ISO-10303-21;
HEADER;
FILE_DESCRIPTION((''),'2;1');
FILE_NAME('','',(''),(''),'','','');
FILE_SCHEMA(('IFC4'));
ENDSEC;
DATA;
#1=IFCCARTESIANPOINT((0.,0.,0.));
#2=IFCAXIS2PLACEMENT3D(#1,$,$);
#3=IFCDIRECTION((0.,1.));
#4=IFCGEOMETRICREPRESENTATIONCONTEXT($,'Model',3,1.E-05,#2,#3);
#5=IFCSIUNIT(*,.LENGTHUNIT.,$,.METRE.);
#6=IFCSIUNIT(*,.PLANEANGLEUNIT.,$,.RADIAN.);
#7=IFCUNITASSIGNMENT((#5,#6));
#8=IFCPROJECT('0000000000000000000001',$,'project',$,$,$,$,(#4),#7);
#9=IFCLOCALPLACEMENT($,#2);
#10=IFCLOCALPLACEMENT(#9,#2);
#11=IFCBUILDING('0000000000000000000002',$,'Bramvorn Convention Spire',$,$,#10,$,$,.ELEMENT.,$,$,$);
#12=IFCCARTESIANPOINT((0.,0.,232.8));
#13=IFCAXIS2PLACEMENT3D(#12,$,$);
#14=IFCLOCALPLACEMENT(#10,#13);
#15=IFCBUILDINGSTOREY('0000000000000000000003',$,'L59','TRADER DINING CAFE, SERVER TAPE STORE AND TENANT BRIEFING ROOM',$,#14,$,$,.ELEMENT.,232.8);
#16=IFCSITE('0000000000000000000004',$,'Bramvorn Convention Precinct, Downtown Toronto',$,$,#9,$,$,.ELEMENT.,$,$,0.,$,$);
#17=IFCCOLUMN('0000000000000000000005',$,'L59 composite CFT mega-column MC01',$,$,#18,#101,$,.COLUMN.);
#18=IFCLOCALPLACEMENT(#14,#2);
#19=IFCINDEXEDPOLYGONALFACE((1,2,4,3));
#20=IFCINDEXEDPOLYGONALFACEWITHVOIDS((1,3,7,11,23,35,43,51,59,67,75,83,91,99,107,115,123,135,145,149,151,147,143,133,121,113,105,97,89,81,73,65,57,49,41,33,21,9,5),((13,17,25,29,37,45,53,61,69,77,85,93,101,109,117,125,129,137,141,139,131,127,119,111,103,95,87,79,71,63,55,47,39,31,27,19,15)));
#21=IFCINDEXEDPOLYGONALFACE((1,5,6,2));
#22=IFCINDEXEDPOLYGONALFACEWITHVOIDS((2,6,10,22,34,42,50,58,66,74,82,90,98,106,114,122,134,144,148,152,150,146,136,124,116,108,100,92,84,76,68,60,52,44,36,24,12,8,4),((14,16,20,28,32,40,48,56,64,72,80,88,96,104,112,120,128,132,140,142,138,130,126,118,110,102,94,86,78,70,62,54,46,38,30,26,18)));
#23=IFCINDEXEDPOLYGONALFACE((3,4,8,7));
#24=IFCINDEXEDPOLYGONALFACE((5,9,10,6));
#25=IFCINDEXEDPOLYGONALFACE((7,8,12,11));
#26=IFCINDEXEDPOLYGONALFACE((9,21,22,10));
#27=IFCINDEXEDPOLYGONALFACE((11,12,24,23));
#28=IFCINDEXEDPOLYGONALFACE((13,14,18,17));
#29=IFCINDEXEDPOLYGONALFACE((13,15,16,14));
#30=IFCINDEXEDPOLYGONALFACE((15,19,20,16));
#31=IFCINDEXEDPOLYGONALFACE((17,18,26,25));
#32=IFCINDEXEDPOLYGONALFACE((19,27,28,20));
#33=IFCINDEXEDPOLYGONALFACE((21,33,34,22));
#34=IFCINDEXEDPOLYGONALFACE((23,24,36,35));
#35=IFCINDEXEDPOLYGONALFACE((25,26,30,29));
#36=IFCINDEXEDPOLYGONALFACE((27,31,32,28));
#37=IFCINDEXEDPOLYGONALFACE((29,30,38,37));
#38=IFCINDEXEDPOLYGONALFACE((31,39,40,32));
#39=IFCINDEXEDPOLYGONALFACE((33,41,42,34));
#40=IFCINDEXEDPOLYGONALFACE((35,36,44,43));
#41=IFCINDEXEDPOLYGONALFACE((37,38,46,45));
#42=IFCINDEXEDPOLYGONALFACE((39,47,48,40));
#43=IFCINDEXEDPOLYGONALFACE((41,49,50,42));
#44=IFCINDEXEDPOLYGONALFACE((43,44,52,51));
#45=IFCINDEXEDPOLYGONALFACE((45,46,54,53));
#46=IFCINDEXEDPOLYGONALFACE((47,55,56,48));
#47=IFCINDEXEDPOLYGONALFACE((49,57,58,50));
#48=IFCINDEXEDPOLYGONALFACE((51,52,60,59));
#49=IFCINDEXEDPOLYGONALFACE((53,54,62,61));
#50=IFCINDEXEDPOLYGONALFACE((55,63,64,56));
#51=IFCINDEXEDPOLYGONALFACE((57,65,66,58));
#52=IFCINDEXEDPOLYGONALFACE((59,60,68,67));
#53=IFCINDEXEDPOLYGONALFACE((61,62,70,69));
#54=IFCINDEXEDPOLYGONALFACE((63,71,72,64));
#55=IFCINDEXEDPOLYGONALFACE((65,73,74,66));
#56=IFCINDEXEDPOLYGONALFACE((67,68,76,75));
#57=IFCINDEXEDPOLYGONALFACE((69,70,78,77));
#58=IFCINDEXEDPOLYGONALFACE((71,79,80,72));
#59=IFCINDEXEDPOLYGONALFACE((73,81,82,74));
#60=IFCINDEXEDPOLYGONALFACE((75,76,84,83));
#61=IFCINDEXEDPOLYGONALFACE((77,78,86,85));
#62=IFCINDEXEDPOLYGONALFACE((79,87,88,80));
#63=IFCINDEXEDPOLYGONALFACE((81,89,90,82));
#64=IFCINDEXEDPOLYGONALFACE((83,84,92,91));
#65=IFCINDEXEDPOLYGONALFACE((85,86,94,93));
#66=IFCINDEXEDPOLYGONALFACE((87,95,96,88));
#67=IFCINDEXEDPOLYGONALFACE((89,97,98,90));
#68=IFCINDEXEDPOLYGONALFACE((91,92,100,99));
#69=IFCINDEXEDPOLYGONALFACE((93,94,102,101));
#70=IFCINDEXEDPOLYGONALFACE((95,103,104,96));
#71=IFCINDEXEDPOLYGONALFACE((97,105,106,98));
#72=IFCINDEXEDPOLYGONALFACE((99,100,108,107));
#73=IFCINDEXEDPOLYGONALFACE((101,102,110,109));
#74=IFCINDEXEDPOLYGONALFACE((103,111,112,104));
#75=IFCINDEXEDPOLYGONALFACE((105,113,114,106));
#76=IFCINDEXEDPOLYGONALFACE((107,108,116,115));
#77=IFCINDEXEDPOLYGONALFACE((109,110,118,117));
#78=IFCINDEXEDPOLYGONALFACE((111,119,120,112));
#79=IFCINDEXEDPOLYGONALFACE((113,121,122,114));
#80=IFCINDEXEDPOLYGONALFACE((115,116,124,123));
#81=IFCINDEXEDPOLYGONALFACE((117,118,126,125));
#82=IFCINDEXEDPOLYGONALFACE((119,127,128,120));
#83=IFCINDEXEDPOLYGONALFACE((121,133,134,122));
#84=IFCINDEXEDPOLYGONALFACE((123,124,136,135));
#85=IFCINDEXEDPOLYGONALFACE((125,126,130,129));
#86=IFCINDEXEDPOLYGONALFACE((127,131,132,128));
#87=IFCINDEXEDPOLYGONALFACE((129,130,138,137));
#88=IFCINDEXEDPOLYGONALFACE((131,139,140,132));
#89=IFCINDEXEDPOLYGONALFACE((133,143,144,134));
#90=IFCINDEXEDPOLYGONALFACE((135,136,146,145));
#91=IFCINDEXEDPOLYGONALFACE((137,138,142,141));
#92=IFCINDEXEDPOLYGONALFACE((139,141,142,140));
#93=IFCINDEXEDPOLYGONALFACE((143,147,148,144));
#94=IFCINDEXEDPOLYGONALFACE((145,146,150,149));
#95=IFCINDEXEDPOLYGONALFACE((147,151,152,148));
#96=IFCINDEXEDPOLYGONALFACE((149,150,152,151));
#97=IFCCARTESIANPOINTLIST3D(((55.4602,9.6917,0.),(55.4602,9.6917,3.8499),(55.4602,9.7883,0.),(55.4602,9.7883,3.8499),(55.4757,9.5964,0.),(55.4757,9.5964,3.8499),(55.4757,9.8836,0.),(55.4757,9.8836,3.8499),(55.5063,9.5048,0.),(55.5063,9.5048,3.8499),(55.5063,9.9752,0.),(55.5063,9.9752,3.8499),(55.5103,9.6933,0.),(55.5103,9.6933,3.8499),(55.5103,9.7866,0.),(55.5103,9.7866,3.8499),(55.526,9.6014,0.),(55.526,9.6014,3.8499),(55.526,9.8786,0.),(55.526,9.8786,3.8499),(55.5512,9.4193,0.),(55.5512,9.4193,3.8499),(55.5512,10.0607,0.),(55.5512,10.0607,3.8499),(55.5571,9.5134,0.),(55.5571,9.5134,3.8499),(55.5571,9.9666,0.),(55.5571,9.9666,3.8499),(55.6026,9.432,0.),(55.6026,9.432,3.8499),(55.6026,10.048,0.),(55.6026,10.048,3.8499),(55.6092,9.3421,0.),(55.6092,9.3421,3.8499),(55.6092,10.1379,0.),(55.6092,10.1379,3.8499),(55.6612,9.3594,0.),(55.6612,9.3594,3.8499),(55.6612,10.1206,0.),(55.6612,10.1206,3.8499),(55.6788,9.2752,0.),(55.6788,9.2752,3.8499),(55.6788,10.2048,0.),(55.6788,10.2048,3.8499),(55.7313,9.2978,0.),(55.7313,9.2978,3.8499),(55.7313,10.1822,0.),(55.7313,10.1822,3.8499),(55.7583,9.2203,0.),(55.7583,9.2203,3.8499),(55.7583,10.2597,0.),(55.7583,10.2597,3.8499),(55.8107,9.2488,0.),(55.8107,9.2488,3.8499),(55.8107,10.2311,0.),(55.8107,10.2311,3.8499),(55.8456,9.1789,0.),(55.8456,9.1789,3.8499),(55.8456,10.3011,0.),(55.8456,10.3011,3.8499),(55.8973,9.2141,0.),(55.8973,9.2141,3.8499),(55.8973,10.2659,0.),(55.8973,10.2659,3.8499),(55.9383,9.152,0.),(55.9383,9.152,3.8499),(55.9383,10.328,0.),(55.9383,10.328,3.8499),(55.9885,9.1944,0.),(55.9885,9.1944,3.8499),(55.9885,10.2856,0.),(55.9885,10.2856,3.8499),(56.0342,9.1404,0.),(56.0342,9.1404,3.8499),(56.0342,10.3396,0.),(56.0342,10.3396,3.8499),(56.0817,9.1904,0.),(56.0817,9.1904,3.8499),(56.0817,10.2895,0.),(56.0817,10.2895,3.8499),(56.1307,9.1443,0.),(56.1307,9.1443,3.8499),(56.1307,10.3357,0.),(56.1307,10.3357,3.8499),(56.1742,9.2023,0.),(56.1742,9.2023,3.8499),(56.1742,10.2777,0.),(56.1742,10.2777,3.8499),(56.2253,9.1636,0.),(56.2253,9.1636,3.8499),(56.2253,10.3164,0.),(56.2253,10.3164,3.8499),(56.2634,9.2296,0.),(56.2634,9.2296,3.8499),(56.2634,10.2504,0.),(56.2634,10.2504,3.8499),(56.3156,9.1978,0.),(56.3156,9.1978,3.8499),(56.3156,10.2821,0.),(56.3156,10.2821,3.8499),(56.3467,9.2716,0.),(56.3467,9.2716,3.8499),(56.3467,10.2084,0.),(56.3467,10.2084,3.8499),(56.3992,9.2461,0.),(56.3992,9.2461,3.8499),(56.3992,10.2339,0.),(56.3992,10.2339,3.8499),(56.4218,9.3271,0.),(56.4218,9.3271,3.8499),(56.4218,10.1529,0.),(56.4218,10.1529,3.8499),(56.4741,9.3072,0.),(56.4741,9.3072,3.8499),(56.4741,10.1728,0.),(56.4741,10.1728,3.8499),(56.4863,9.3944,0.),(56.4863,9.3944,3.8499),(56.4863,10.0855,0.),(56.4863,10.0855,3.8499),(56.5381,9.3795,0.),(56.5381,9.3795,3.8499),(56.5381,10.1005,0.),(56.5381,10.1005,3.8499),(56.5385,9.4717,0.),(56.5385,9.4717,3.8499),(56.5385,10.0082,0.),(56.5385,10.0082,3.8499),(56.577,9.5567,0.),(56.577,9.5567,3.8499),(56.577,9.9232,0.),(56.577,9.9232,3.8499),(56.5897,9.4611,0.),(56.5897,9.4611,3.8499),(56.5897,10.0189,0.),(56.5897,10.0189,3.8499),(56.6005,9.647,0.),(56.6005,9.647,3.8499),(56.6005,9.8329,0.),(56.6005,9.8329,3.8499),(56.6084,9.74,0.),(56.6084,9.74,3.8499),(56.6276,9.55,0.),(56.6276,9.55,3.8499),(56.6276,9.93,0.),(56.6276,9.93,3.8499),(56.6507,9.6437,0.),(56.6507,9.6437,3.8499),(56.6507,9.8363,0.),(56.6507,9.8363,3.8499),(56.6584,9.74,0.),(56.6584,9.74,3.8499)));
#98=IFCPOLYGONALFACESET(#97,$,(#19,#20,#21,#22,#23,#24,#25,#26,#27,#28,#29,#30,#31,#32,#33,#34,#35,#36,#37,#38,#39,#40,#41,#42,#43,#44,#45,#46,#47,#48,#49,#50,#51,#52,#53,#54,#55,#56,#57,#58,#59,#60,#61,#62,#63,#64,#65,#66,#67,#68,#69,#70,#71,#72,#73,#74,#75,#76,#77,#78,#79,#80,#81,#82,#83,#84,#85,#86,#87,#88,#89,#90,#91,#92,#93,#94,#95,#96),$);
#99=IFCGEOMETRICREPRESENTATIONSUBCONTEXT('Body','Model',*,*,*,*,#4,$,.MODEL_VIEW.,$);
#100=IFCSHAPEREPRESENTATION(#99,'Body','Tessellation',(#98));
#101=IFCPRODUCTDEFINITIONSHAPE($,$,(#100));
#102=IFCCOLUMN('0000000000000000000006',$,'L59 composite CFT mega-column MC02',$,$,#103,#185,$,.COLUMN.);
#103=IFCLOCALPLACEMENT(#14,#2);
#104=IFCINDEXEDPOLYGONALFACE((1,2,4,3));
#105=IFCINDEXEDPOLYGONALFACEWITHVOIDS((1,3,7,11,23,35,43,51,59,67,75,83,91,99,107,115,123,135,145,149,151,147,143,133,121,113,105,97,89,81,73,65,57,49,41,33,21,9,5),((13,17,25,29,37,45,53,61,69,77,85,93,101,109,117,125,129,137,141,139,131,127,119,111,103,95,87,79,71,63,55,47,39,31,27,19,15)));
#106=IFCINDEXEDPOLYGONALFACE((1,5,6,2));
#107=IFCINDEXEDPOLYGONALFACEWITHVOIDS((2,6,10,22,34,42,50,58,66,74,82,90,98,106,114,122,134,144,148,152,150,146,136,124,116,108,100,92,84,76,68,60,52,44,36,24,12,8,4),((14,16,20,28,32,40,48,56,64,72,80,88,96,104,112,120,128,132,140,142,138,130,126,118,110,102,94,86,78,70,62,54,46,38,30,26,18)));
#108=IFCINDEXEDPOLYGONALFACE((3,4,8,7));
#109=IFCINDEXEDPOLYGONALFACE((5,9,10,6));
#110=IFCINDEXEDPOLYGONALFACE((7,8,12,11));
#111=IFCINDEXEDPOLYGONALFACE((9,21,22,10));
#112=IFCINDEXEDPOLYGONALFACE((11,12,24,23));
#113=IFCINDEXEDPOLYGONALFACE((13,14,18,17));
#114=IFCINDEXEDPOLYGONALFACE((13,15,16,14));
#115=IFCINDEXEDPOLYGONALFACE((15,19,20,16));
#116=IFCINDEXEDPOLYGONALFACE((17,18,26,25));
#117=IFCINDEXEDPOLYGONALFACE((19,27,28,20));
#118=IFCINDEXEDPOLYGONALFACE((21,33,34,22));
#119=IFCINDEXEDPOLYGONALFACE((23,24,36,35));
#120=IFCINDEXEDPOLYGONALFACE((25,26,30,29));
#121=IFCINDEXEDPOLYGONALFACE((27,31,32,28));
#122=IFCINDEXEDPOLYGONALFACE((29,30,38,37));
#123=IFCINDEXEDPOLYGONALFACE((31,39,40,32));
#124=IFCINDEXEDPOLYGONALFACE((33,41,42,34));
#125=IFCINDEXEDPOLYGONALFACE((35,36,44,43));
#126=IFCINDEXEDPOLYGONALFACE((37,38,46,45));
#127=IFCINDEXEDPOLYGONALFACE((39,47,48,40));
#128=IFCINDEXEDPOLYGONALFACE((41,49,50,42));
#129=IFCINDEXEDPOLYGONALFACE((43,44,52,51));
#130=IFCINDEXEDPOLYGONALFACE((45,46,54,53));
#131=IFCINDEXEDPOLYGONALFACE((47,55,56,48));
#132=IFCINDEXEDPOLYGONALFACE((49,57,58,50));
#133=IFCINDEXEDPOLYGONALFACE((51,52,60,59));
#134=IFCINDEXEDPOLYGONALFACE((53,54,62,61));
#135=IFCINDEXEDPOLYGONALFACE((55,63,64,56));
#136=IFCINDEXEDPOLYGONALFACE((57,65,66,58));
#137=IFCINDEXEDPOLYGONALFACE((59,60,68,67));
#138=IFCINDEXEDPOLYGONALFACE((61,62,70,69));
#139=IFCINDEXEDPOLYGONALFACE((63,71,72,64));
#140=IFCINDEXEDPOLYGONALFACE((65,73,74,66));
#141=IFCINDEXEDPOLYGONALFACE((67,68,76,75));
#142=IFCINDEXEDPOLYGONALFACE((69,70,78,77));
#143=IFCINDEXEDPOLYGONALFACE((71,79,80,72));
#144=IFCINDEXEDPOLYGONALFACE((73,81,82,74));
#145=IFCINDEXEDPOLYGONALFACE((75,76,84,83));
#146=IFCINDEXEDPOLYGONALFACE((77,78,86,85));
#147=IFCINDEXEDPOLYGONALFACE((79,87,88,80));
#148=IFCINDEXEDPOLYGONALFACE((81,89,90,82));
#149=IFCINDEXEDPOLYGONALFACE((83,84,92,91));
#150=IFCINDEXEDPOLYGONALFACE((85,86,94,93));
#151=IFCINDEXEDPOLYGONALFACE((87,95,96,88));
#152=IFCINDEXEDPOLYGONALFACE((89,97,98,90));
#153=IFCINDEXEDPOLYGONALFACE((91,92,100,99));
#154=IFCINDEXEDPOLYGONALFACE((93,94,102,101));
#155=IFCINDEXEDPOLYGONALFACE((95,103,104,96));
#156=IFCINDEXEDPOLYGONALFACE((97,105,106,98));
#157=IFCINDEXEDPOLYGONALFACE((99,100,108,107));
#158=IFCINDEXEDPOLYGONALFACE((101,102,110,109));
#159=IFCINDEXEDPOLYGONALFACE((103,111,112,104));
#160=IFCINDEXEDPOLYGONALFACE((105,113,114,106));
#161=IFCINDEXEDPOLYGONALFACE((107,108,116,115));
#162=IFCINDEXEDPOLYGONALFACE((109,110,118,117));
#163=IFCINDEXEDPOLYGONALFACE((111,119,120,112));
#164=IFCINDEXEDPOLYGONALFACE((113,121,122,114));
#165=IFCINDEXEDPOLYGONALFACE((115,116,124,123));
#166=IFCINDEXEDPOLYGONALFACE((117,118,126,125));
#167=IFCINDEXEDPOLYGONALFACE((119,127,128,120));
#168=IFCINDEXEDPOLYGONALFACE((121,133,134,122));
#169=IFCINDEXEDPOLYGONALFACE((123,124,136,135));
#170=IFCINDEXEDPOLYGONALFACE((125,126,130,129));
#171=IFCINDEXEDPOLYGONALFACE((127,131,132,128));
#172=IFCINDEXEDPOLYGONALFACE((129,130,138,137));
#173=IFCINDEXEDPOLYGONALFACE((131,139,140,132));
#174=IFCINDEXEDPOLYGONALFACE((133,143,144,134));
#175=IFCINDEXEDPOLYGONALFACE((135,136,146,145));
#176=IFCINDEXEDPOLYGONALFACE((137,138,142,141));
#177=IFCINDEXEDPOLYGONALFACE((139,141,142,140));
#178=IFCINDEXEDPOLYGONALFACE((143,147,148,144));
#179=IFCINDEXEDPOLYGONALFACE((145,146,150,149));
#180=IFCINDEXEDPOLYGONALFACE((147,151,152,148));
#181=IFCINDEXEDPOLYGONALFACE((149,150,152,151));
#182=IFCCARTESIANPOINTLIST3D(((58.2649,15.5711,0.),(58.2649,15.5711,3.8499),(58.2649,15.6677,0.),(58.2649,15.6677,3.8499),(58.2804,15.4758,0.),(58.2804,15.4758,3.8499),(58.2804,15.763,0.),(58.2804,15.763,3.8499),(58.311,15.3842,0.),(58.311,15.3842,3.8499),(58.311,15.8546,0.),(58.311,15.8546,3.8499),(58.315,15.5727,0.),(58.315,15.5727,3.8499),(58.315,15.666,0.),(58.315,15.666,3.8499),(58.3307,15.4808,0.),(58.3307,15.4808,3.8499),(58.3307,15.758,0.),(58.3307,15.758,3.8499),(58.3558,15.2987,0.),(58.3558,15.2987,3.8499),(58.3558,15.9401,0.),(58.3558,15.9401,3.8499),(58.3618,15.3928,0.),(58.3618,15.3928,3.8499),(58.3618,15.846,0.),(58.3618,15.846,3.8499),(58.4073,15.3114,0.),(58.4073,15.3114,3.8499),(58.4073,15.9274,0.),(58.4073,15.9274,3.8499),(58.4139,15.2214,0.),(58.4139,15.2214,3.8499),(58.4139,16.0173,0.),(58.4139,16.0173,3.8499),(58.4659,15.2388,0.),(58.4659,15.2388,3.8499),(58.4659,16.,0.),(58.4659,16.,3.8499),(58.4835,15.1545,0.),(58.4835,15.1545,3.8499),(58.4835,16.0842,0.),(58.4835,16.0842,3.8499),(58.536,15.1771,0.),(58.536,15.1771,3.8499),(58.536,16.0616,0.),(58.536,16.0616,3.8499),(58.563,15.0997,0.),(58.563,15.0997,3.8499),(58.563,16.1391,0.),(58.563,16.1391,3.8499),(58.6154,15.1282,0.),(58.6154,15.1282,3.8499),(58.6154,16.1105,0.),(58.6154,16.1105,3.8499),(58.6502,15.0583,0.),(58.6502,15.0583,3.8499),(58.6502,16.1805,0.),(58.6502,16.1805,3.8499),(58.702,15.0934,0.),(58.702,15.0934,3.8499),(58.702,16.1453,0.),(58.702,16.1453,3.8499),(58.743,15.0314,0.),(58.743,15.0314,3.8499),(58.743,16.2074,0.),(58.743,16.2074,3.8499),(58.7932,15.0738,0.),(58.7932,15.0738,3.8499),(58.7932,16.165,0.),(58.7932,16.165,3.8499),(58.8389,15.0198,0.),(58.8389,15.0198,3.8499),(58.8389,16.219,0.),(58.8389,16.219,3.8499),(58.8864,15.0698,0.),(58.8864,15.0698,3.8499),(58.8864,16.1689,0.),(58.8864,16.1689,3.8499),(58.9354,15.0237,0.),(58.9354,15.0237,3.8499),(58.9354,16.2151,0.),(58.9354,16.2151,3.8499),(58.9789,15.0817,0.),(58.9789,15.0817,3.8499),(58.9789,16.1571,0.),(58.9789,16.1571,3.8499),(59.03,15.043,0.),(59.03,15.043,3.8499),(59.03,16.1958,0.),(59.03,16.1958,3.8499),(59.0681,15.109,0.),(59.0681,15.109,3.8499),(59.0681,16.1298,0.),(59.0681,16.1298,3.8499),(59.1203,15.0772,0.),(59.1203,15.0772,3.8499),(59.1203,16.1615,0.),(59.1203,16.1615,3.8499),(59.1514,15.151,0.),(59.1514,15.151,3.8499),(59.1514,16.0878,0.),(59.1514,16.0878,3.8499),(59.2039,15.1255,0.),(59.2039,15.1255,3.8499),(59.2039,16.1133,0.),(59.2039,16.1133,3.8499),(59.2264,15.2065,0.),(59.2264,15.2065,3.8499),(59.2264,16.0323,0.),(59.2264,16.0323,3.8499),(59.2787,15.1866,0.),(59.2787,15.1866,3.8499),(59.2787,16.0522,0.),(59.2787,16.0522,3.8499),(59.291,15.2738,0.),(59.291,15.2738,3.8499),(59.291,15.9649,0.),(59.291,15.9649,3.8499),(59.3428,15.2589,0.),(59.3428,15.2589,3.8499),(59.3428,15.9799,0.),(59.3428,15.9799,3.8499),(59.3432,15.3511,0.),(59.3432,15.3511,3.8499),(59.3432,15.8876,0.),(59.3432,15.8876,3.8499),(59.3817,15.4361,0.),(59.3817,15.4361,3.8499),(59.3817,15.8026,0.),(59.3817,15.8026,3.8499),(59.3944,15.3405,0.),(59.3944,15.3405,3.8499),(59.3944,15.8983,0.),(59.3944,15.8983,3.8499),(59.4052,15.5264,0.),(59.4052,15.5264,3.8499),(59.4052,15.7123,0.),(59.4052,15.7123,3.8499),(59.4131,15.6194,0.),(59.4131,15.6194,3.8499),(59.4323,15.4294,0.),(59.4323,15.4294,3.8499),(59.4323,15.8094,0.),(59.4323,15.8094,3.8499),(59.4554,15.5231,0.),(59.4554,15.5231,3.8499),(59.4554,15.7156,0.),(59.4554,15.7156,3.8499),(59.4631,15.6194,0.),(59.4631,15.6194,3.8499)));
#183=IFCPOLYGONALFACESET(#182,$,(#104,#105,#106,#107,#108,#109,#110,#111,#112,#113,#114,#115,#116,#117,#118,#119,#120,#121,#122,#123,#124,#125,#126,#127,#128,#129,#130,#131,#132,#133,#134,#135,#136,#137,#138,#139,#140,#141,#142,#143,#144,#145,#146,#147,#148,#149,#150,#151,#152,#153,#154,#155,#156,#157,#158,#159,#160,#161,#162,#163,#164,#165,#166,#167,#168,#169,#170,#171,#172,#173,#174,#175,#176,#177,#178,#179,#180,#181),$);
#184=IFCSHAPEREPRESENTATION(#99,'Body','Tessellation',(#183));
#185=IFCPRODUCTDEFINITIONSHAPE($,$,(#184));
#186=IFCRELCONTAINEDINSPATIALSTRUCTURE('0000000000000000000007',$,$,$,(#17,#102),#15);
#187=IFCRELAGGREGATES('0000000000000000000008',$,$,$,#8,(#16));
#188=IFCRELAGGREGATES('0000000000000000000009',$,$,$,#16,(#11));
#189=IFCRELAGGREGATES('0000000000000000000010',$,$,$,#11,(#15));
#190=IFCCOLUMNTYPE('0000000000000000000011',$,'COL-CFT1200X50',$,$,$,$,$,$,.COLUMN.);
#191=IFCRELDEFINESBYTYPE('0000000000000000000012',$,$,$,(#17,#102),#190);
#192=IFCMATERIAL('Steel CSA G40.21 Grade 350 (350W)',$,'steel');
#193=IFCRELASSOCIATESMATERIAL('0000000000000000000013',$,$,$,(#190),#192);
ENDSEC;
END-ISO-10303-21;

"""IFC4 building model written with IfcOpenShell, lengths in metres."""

from ifc_helpers import new_model, si_unit, direction, frame, origin, origin_2d, place, context, subcontext, project, spatial, hollow_circle, extrude, material, material_profile, profile_set, type_object, element, save


model = new_model("IFC4")

# Units and contexts
model_context = context("Model", 3, precision=1e-05, world=origin(), true_north=direction((0.0, 1.0)))
body_context = subcontext(model_context, "Body", "Model", "MODEL_VIEW")
ifc_project = project(units=[si_unit("LENGTHUNIT", "METRE"), si_unit("PLANEANGLEUNIT", "RADIAN")], contexts=[model_context])

# Site, building, storey
site_placement = place(None, origin())
site = spatial("IfcSite", under=ifc_project, at=site_placement, Name="Bramvorn Convention Precinct, Downtown Toronto", CompositionType="ELEMENT", RefElevation=0.0)
building_placement = place(site_placement, origin())
building = spatial("IfcBuilding", under=site, at=building_placement, Name="Bramvorn Convention Spire", CompositionType="ELEMENT")
storey_placement = place(building_placement, frame((0.0, 0.0, 232.8)))
storey = spatial("IfcBuildingStorey", under=building, at=storey_placement, Name="L59", Description="TRADER DINING CAFE, SERVER TAPE STORE AND TENANT BRIEFING ROOM", CompositionType="ELEMENT", Elevation=232.8)

# Columns
ifc_material_1 = material(Name="Steel CSA G40.21 Grade 350 (350W)", Category="steel")
ifc_material_profile_1 = material_profile(ifc_material_1, hollow_circle(Radius=0.6001, WallThickness=0.05, at=origin_2d()))
ifc_profile_set_1 = profile_set([ifc_material_profile_1], Name="Steel CSA G40.21 Grade 350 (350W) - CFT1200X50")
column_type = type_object("IfcColumnType", Name="COL-CFT1200X50", PredefinedType="COLUMN", material=ifc_profile_set_1)
for number, where, z_axis, x_axis, name in (
    (1, (56.0583, 9.74, 0.0), (0.0, 0.0, 1.0), (1.0, 0.0, 0.0), "L59 composite CFT mega-column MC01"),
    (2, (58.863, 15.6194, 0.0), (0.0, 0.0, 1.0), (1.0, 0.0, 0.0), "L59 composite CFT mega-column MC02"),
):
    element("IfcColumn", number, at=place(storey_placement, frame(where, z_axis=z_axis, x_axis=x_axis)), inside=storey, type_object=column_type, Name=name, PredefinedType="COLUMN", context=body_context, shape_type="SweptSolid", body=[
        extrude(hollow_circle(Radius=0.6001, WallThickness=0.05, at=origin_2d()), origin(), (0.0, 0.0, 1.0), 3.8499),
    ])

save(model, "model.ifc")
